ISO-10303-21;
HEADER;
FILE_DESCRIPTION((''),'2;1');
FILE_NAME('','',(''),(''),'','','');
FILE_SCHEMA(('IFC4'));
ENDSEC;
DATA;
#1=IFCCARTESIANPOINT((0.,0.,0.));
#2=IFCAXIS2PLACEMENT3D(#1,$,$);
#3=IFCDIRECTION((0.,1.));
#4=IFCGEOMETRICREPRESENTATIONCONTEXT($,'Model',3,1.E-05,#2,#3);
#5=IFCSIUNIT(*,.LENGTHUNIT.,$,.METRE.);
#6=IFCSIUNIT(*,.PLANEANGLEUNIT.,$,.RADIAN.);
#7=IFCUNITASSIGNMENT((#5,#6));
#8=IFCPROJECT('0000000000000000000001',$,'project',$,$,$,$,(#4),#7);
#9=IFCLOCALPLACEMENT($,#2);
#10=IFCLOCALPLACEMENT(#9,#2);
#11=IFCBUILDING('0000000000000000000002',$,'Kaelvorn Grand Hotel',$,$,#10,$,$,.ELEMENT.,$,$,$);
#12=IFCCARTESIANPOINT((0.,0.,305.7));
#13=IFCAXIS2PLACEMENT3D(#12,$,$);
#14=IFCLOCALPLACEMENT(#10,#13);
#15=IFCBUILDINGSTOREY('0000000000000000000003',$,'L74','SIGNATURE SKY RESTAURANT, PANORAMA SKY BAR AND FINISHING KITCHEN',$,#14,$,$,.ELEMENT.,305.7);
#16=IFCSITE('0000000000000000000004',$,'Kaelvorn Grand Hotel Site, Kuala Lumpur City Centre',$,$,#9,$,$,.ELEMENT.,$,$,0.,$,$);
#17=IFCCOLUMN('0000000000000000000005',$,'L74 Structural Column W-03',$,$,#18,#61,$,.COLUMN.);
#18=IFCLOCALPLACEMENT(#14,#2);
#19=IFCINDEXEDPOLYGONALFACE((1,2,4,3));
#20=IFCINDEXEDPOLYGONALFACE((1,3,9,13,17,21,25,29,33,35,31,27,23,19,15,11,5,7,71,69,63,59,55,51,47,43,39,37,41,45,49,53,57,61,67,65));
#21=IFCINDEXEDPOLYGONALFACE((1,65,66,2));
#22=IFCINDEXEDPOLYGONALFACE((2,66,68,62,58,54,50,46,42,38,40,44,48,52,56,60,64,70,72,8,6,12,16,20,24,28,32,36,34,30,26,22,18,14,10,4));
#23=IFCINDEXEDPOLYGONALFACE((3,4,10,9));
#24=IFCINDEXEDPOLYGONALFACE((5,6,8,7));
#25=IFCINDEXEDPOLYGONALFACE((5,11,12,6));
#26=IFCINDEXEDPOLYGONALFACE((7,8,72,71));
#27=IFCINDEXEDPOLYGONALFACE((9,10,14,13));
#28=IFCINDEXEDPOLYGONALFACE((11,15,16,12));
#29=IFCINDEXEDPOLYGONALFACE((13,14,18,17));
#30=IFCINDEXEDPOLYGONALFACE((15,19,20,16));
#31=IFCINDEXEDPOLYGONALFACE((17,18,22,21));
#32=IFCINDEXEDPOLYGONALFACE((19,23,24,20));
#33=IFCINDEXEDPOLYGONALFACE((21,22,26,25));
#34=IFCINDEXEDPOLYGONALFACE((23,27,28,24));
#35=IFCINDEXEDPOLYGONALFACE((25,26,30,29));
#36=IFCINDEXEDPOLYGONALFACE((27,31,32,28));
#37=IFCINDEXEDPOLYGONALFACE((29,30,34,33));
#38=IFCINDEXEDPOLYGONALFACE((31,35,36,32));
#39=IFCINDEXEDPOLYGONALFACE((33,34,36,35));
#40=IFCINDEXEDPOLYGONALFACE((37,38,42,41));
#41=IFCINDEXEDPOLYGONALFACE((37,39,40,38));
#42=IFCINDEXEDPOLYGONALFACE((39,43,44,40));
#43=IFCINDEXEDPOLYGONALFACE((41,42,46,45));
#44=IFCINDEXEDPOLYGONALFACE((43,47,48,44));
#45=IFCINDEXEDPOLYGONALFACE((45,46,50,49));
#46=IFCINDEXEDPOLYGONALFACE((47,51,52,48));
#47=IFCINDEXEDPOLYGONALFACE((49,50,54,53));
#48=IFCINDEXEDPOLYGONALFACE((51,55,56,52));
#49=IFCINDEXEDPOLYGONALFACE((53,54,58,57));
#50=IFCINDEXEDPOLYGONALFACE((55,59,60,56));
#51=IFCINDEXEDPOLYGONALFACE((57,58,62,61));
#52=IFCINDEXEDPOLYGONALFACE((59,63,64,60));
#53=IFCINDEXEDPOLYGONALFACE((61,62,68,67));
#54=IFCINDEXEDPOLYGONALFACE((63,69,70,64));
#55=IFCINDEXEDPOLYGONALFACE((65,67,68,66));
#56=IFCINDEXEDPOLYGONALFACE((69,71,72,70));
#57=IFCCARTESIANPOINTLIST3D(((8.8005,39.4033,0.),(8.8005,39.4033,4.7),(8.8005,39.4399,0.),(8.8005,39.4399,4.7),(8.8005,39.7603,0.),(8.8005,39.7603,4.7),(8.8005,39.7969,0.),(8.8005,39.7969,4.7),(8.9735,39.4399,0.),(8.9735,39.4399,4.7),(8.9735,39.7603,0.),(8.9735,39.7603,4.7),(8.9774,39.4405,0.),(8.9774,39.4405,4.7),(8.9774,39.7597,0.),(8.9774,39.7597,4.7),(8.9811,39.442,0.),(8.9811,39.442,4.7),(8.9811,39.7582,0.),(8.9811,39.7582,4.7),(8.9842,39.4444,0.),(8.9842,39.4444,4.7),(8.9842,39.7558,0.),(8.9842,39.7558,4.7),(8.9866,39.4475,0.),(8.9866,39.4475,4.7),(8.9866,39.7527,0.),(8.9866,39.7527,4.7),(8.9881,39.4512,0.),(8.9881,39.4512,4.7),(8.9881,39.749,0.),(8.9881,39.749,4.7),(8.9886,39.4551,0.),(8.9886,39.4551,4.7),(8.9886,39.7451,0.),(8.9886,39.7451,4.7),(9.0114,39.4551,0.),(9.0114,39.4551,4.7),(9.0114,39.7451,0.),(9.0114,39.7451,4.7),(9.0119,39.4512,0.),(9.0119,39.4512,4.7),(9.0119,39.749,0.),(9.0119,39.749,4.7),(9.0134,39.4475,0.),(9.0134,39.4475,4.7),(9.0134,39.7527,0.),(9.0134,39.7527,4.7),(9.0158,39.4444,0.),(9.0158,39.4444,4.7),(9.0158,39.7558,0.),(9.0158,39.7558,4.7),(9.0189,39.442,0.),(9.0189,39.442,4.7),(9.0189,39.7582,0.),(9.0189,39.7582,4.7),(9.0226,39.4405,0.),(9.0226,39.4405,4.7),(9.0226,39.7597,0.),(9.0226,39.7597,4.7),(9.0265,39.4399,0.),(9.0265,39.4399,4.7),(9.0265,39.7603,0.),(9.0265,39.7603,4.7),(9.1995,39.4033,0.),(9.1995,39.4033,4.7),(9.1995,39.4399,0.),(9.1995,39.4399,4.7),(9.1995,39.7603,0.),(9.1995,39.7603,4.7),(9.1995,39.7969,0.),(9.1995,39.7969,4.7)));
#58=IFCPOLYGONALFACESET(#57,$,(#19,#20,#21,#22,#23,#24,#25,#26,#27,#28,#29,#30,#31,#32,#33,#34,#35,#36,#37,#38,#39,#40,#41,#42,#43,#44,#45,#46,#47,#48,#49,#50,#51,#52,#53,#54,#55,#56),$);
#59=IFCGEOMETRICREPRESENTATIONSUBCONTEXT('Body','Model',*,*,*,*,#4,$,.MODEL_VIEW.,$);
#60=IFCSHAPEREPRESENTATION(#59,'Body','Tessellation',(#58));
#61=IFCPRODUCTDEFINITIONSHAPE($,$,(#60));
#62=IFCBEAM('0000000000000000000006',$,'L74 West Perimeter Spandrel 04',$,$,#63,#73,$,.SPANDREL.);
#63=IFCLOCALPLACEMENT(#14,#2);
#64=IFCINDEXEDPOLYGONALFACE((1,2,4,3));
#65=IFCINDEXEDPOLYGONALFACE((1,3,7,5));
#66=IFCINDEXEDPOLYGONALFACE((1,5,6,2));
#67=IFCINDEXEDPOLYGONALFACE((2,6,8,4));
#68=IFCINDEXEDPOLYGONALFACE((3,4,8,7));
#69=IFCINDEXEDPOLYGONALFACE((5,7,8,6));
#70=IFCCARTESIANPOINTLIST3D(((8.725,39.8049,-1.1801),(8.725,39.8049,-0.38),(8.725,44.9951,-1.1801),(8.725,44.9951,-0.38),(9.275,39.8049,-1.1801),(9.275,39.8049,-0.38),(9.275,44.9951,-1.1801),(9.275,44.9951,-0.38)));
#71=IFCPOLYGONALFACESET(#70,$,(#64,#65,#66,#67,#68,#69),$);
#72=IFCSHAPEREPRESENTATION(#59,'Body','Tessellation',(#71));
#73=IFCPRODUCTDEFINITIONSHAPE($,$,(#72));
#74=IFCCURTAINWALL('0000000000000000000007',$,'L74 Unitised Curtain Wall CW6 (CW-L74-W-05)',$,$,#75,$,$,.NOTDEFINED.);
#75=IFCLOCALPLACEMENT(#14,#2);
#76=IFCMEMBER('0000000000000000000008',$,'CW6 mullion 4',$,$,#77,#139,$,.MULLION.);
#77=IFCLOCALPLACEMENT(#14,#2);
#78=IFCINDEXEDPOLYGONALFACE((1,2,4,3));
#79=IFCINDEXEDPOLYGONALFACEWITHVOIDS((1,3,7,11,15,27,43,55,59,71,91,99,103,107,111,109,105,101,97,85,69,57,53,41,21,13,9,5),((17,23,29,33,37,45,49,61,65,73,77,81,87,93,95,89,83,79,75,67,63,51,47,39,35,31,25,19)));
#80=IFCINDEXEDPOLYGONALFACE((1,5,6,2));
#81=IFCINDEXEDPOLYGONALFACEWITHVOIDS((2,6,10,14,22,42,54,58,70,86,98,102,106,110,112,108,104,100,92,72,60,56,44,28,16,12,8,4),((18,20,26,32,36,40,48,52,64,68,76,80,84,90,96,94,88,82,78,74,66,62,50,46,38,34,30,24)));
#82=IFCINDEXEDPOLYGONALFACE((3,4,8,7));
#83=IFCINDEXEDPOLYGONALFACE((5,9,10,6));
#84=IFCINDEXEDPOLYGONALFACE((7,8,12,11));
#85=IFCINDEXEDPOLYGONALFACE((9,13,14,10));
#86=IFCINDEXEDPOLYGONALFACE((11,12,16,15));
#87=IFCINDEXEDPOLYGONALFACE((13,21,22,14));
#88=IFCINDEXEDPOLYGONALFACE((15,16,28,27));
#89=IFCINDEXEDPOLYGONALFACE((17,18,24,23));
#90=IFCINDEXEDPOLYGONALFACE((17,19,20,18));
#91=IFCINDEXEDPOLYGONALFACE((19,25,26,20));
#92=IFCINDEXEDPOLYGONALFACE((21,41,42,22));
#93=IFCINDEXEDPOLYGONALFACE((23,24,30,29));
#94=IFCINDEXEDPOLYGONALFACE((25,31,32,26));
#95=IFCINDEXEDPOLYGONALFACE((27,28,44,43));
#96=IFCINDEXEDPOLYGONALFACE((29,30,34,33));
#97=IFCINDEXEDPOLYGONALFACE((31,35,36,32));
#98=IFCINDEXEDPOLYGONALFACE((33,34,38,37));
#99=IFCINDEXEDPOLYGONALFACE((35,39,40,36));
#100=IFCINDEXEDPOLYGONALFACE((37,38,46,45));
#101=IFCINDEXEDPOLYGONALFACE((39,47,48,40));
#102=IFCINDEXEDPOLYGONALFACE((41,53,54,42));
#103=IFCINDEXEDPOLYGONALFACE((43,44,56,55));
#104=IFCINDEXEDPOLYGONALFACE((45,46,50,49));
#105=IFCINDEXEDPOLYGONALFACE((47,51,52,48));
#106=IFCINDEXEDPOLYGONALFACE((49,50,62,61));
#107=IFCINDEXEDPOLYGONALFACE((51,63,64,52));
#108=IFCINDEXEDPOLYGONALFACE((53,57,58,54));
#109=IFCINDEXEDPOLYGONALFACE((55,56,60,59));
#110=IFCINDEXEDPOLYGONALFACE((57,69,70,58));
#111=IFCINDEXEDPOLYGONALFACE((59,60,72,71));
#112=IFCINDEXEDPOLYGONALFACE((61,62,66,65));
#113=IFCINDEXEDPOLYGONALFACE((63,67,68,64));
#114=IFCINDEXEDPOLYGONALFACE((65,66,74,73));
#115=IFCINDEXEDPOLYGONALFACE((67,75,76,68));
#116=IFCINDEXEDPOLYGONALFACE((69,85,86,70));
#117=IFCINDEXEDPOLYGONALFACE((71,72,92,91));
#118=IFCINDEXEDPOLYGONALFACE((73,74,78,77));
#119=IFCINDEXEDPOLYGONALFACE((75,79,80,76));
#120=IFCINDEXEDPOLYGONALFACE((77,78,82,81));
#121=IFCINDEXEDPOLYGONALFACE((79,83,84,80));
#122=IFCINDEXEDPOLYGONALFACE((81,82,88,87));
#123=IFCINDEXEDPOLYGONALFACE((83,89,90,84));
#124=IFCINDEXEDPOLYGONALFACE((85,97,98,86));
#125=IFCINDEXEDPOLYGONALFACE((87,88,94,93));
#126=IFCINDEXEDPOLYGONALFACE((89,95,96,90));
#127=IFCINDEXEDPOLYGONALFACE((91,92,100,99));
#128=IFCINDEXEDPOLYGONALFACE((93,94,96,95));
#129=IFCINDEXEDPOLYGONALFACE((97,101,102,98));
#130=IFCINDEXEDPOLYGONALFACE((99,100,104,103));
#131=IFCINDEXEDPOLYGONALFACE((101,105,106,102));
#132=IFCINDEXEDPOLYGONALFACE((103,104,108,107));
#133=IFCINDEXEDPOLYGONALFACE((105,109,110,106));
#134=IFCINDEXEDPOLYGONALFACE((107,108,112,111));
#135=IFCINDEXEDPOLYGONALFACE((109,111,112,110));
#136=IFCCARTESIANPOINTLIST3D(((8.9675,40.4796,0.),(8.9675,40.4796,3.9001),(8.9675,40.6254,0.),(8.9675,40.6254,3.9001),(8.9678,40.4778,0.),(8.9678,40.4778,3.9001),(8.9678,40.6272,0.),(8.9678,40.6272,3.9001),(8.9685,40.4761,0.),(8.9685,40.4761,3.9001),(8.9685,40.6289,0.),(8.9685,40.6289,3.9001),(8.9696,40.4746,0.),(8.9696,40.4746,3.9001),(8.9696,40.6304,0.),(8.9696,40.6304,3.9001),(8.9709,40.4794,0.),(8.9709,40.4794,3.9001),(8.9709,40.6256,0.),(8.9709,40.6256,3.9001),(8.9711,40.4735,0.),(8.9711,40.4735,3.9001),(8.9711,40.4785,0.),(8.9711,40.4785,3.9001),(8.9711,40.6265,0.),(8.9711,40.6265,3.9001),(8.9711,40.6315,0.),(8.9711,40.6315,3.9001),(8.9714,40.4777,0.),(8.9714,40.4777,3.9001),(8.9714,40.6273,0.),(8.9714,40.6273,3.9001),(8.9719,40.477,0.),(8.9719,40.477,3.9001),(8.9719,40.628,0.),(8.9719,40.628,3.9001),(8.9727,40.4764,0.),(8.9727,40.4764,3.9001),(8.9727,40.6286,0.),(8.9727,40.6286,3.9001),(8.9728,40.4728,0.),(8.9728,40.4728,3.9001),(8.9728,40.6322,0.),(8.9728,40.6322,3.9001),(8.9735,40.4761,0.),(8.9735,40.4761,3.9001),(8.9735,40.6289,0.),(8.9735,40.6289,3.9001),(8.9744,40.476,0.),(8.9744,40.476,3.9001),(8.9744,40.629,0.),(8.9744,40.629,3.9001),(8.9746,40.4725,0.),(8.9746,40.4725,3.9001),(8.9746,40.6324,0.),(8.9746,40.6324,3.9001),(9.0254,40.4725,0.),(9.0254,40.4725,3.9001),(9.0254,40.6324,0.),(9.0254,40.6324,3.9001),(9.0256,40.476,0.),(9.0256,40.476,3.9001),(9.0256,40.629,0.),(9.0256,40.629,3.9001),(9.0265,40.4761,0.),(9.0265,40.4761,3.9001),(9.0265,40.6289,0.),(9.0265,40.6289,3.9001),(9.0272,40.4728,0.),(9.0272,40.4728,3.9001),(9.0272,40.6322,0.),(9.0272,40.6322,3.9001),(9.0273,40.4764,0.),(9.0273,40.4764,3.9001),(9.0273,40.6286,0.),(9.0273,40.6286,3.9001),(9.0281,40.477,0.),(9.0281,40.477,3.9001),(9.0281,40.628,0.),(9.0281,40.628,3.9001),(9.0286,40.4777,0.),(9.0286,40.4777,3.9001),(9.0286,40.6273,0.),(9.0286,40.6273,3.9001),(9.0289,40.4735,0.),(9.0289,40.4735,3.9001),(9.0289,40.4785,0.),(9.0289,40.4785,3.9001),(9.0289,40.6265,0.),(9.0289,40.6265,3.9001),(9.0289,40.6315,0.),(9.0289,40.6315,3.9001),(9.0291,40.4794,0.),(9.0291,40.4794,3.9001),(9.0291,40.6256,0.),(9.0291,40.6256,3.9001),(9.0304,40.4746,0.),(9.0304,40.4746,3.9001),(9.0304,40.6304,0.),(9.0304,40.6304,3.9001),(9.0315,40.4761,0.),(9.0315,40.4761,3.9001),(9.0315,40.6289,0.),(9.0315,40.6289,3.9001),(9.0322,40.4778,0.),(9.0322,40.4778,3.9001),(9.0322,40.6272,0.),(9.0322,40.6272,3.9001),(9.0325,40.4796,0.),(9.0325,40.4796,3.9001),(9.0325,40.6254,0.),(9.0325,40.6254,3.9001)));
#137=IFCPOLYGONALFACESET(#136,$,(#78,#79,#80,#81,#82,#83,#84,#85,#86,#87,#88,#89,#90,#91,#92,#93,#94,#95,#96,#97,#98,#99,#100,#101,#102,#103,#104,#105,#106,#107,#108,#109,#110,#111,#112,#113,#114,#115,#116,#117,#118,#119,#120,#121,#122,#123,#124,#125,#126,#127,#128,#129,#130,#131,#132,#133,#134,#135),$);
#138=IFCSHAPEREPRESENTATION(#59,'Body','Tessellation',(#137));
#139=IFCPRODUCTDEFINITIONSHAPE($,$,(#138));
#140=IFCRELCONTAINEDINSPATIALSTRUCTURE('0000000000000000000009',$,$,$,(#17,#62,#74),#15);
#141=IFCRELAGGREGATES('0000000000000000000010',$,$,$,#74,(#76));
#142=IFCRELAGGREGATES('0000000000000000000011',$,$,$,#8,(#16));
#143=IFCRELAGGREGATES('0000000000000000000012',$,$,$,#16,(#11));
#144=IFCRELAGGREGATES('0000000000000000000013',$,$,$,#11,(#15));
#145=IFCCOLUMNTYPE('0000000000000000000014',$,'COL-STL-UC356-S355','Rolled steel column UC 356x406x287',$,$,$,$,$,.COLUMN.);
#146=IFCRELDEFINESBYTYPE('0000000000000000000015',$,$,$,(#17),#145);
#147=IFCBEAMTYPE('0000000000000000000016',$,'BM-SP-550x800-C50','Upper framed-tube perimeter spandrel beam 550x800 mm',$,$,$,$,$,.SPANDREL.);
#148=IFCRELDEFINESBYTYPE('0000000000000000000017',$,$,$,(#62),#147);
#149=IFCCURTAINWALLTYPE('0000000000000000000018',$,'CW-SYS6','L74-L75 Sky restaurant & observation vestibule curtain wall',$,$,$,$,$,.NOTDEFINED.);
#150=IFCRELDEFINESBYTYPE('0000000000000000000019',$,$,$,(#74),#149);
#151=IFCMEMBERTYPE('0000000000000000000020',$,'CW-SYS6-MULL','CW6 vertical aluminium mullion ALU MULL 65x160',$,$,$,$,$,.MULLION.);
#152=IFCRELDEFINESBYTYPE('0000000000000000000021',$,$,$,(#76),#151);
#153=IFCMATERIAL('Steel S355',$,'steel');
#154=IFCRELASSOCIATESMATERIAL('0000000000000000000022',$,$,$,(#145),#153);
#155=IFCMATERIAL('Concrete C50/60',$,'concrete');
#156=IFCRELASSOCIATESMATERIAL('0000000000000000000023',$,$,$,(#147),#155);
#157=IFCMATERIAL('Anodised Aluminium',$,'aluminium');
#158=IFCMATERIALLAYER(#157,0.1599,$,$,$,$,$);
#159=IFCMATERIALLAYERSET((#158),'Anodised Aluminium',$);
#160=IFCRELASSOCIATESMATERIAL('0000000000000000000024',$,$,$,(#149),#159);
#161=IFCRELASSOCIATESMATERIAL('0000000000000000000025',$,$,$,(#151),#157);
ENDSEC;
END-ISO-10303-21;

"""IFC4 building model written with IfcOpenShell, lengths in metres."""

from ifc_helpers import new_model, si_unit, direction, frame, origin, origin_2d, place, context, subcontext, project, spatial, rectangle, hollow_rectangle, i_section, extrude, material, layer, layer_set, material_profile, profile_set, type_object, element, aggregate, save


model = new_model("IFC4")

# Units and contexts
model_context = context("Model", 3, precision=1e-05, world=origin(), true_north=direction((0.0, 1.0)))
body_context = subcontext(model_context, "Body", "Model", "MODEL_VIEW")
ifc_project = project(units=[si_unit("LENGTHUNIT", "METRE"), si_unit("PLANEANGLEUNIT", "RADIAN")], contexts=[model_context])

# Site, building, storey
site_placement = place(None, origin())
site = spatial("IfcSite", under=ifc_project, at=site_placement, Name="Kaelvorn Grand Hotel Site, Kuala Lumpur City Centre", CompositionType="ELEMENT", RefElevation=0.0)
building_placement = place(site_placement, origin())
building = spatial("IfcBuilding", under=site, at=building_placement, Name="Kaelvorn Grand Hotel", CompositionType="ELEMENT")
storey_placement = place(building_placement, frame((0.0, 0.0, 305.7)))
storey = spatial("IfcBuildingStorey", under=building, at=storey_placement, Name="L74", Description="SIGNATURE SKY RESTAURANT, PANORAMA SKY BAR AND FINISHING KITCHEN", CompositionType="ELEMENT", Elevation=305.7)

# Column
ifc_material_1 = material(Name="Steel S355", Category="steel")
ifc_material_profile_1 = material_profile(ifc_material_1, i_section(OverallWidth=0.3989, OverallDepth=0.3936, WebThickness=0.0227, FlangeThickness=0.0366, FilletRadius=0.0151, at=origin_2d()), Name="UC 356x406x287")
ifc_profile_set_1 = profile_set([ifc_material_profile_1], Name="Steel S355")
column_type = type_object("IfcColumnType", Name="COL-STL-UC356-S355", Description="Rolled steel column UC 356x406x287", PredefinedType="COLUMN", material=ifc_profile_set_1)
column_placement = place(storey_placement, frame((9.0, 39.6001, 0.0), z_axis=(0.0, 0.0, 1.0), x_axis=(1.0, 0.0, 0.0)))
element("IfcColumn", 1, at=column_placement, inside=storey, type_object=column_type, Name="L74 Structural Column W-03", PredefinedType="COLUMN", context=body_context, shape_type="SweptSolid", body=[
    extrude(i_section(OverallWidth=0.3989, OverallDepth=0.3936, WebThickness=0.0227, FlangeThickness=0.0366, FilletRadius=0.0151, at=origin_2d()), origin(), (0.0, 0.0, 1.0), 4.7),
])

# Beam
ifc_material_2 = material(Name="Concrete C50/60", Category="concrete")
ifc_material_profile_2 = material_profile(ifc_material_2, rectangle(XDim=0.55, YDim=0.8, at=origin_2d()), Name="RC SPANDREL 550x800")
ifc_profile_set_2 = profile_set([ifc_material_profile_2], Name="Concrete C50/60")
beam_type = type_object("IfcBeamType", Name="BM-SP-550x800-C50", Description="Upper framed-tube perimeter spandrel beam 550x800 mm", PredefinedType="SPANDREL", material=ifc_profile_set_2)
beam_placement = place(storey_placement, frame((9.0, 39.8049, -0.78), z_axis=(0.0, 1.0, 0.0), x_axis=(-1.0, 0.0, 0.0)))
element("IfcBeam", 2, at=beam_placement, inside=storey, type_object=beam_type, Name="L74 West Perimeter Spandrel 04", PredefinedType="SPANDREL", context=body_context, shape_type="SweptSolid", body=[
    extrude(rectangle(XDim=0.55, YDim=0.8, at=origin_2d()), origin(), (0.0, 0.0, 1.0), 5.1902),
])

# Curtain wall, member
ifc_material_3 = material(Name="Anodised Aluminium", Category="aluminium")
ifc_layer_1 = layer(ifc_material_3, 0.1599)
ifc_layer_set_1 = layer_set([ifc_layer_1], Name="Anodised Aluminium")
curtain_wall_type = type_object("IfcCurtainWallType", Name="CW-SYS6", Description="L74-L75 Sky restaurant & observation vestibule curtain wall", PredefinedType="NOTDEFINED", material=ifc_layer_set_1)
curtain_wall_1_placement = place(storey_placement, origin())
curtain_wall_1 = element("IfcCurtainWall", 3, at=curtain_wall_1_placement, inside=storey, type_object=curtain_wall_type, Name="L74 Unitised Curtain Wall CW6 (CW-L74-W-05)", PredefinedType="NOTDEFINED")
ifc_material_profile_3 = material_profile(ifc_material_3, hollow_rectangle(XDim=0.0649, YDim=0.1599, WallThickness=0.0034, InnerFilletRadius=0.0034, OuterFilletRadius=0.0071, at=origin_2d()), Name="ALU MULL 65x160")
ifc_profile_set_3 = profile_set([ifc_material_profile_3], Name="Anodised Aluminium")
member_type_1 = type_object("IfcMemberType", Name="CW-SYS6-MULL", Description="CW6 vertical aluminium mullion ALU MULL 65x160", PredefinedType="MULLION", material=ifc_profile_set_3)
member_1_placement = place(storey_placement, frame((9.0, 40.5525, 0.0), z_axis=(0.0, 0.0, 1.0), x_axis=(1.0, 0.0, 0.0)))
member_1 = element("IfcMember", 4, at=member_1_placement, type_object=member_type_1, Name="CW6 mullion 4", PredefinedType="MULLION", context=body_context, shape_type="SweptSolid", body=[
    extrude(hollow_rectangle(XDim=0.0649, YDim=0.1599, WallThickness=0.0034, InnerFilletRadius=0.0034, OuterFilletRadius=0.0071, at=origin_2d()), origin(), (0.0, 0.0, 1.0), 3.9001),
])

aggregate(curtain_wall_1, [member_1])

save(model, "model.ifc")
